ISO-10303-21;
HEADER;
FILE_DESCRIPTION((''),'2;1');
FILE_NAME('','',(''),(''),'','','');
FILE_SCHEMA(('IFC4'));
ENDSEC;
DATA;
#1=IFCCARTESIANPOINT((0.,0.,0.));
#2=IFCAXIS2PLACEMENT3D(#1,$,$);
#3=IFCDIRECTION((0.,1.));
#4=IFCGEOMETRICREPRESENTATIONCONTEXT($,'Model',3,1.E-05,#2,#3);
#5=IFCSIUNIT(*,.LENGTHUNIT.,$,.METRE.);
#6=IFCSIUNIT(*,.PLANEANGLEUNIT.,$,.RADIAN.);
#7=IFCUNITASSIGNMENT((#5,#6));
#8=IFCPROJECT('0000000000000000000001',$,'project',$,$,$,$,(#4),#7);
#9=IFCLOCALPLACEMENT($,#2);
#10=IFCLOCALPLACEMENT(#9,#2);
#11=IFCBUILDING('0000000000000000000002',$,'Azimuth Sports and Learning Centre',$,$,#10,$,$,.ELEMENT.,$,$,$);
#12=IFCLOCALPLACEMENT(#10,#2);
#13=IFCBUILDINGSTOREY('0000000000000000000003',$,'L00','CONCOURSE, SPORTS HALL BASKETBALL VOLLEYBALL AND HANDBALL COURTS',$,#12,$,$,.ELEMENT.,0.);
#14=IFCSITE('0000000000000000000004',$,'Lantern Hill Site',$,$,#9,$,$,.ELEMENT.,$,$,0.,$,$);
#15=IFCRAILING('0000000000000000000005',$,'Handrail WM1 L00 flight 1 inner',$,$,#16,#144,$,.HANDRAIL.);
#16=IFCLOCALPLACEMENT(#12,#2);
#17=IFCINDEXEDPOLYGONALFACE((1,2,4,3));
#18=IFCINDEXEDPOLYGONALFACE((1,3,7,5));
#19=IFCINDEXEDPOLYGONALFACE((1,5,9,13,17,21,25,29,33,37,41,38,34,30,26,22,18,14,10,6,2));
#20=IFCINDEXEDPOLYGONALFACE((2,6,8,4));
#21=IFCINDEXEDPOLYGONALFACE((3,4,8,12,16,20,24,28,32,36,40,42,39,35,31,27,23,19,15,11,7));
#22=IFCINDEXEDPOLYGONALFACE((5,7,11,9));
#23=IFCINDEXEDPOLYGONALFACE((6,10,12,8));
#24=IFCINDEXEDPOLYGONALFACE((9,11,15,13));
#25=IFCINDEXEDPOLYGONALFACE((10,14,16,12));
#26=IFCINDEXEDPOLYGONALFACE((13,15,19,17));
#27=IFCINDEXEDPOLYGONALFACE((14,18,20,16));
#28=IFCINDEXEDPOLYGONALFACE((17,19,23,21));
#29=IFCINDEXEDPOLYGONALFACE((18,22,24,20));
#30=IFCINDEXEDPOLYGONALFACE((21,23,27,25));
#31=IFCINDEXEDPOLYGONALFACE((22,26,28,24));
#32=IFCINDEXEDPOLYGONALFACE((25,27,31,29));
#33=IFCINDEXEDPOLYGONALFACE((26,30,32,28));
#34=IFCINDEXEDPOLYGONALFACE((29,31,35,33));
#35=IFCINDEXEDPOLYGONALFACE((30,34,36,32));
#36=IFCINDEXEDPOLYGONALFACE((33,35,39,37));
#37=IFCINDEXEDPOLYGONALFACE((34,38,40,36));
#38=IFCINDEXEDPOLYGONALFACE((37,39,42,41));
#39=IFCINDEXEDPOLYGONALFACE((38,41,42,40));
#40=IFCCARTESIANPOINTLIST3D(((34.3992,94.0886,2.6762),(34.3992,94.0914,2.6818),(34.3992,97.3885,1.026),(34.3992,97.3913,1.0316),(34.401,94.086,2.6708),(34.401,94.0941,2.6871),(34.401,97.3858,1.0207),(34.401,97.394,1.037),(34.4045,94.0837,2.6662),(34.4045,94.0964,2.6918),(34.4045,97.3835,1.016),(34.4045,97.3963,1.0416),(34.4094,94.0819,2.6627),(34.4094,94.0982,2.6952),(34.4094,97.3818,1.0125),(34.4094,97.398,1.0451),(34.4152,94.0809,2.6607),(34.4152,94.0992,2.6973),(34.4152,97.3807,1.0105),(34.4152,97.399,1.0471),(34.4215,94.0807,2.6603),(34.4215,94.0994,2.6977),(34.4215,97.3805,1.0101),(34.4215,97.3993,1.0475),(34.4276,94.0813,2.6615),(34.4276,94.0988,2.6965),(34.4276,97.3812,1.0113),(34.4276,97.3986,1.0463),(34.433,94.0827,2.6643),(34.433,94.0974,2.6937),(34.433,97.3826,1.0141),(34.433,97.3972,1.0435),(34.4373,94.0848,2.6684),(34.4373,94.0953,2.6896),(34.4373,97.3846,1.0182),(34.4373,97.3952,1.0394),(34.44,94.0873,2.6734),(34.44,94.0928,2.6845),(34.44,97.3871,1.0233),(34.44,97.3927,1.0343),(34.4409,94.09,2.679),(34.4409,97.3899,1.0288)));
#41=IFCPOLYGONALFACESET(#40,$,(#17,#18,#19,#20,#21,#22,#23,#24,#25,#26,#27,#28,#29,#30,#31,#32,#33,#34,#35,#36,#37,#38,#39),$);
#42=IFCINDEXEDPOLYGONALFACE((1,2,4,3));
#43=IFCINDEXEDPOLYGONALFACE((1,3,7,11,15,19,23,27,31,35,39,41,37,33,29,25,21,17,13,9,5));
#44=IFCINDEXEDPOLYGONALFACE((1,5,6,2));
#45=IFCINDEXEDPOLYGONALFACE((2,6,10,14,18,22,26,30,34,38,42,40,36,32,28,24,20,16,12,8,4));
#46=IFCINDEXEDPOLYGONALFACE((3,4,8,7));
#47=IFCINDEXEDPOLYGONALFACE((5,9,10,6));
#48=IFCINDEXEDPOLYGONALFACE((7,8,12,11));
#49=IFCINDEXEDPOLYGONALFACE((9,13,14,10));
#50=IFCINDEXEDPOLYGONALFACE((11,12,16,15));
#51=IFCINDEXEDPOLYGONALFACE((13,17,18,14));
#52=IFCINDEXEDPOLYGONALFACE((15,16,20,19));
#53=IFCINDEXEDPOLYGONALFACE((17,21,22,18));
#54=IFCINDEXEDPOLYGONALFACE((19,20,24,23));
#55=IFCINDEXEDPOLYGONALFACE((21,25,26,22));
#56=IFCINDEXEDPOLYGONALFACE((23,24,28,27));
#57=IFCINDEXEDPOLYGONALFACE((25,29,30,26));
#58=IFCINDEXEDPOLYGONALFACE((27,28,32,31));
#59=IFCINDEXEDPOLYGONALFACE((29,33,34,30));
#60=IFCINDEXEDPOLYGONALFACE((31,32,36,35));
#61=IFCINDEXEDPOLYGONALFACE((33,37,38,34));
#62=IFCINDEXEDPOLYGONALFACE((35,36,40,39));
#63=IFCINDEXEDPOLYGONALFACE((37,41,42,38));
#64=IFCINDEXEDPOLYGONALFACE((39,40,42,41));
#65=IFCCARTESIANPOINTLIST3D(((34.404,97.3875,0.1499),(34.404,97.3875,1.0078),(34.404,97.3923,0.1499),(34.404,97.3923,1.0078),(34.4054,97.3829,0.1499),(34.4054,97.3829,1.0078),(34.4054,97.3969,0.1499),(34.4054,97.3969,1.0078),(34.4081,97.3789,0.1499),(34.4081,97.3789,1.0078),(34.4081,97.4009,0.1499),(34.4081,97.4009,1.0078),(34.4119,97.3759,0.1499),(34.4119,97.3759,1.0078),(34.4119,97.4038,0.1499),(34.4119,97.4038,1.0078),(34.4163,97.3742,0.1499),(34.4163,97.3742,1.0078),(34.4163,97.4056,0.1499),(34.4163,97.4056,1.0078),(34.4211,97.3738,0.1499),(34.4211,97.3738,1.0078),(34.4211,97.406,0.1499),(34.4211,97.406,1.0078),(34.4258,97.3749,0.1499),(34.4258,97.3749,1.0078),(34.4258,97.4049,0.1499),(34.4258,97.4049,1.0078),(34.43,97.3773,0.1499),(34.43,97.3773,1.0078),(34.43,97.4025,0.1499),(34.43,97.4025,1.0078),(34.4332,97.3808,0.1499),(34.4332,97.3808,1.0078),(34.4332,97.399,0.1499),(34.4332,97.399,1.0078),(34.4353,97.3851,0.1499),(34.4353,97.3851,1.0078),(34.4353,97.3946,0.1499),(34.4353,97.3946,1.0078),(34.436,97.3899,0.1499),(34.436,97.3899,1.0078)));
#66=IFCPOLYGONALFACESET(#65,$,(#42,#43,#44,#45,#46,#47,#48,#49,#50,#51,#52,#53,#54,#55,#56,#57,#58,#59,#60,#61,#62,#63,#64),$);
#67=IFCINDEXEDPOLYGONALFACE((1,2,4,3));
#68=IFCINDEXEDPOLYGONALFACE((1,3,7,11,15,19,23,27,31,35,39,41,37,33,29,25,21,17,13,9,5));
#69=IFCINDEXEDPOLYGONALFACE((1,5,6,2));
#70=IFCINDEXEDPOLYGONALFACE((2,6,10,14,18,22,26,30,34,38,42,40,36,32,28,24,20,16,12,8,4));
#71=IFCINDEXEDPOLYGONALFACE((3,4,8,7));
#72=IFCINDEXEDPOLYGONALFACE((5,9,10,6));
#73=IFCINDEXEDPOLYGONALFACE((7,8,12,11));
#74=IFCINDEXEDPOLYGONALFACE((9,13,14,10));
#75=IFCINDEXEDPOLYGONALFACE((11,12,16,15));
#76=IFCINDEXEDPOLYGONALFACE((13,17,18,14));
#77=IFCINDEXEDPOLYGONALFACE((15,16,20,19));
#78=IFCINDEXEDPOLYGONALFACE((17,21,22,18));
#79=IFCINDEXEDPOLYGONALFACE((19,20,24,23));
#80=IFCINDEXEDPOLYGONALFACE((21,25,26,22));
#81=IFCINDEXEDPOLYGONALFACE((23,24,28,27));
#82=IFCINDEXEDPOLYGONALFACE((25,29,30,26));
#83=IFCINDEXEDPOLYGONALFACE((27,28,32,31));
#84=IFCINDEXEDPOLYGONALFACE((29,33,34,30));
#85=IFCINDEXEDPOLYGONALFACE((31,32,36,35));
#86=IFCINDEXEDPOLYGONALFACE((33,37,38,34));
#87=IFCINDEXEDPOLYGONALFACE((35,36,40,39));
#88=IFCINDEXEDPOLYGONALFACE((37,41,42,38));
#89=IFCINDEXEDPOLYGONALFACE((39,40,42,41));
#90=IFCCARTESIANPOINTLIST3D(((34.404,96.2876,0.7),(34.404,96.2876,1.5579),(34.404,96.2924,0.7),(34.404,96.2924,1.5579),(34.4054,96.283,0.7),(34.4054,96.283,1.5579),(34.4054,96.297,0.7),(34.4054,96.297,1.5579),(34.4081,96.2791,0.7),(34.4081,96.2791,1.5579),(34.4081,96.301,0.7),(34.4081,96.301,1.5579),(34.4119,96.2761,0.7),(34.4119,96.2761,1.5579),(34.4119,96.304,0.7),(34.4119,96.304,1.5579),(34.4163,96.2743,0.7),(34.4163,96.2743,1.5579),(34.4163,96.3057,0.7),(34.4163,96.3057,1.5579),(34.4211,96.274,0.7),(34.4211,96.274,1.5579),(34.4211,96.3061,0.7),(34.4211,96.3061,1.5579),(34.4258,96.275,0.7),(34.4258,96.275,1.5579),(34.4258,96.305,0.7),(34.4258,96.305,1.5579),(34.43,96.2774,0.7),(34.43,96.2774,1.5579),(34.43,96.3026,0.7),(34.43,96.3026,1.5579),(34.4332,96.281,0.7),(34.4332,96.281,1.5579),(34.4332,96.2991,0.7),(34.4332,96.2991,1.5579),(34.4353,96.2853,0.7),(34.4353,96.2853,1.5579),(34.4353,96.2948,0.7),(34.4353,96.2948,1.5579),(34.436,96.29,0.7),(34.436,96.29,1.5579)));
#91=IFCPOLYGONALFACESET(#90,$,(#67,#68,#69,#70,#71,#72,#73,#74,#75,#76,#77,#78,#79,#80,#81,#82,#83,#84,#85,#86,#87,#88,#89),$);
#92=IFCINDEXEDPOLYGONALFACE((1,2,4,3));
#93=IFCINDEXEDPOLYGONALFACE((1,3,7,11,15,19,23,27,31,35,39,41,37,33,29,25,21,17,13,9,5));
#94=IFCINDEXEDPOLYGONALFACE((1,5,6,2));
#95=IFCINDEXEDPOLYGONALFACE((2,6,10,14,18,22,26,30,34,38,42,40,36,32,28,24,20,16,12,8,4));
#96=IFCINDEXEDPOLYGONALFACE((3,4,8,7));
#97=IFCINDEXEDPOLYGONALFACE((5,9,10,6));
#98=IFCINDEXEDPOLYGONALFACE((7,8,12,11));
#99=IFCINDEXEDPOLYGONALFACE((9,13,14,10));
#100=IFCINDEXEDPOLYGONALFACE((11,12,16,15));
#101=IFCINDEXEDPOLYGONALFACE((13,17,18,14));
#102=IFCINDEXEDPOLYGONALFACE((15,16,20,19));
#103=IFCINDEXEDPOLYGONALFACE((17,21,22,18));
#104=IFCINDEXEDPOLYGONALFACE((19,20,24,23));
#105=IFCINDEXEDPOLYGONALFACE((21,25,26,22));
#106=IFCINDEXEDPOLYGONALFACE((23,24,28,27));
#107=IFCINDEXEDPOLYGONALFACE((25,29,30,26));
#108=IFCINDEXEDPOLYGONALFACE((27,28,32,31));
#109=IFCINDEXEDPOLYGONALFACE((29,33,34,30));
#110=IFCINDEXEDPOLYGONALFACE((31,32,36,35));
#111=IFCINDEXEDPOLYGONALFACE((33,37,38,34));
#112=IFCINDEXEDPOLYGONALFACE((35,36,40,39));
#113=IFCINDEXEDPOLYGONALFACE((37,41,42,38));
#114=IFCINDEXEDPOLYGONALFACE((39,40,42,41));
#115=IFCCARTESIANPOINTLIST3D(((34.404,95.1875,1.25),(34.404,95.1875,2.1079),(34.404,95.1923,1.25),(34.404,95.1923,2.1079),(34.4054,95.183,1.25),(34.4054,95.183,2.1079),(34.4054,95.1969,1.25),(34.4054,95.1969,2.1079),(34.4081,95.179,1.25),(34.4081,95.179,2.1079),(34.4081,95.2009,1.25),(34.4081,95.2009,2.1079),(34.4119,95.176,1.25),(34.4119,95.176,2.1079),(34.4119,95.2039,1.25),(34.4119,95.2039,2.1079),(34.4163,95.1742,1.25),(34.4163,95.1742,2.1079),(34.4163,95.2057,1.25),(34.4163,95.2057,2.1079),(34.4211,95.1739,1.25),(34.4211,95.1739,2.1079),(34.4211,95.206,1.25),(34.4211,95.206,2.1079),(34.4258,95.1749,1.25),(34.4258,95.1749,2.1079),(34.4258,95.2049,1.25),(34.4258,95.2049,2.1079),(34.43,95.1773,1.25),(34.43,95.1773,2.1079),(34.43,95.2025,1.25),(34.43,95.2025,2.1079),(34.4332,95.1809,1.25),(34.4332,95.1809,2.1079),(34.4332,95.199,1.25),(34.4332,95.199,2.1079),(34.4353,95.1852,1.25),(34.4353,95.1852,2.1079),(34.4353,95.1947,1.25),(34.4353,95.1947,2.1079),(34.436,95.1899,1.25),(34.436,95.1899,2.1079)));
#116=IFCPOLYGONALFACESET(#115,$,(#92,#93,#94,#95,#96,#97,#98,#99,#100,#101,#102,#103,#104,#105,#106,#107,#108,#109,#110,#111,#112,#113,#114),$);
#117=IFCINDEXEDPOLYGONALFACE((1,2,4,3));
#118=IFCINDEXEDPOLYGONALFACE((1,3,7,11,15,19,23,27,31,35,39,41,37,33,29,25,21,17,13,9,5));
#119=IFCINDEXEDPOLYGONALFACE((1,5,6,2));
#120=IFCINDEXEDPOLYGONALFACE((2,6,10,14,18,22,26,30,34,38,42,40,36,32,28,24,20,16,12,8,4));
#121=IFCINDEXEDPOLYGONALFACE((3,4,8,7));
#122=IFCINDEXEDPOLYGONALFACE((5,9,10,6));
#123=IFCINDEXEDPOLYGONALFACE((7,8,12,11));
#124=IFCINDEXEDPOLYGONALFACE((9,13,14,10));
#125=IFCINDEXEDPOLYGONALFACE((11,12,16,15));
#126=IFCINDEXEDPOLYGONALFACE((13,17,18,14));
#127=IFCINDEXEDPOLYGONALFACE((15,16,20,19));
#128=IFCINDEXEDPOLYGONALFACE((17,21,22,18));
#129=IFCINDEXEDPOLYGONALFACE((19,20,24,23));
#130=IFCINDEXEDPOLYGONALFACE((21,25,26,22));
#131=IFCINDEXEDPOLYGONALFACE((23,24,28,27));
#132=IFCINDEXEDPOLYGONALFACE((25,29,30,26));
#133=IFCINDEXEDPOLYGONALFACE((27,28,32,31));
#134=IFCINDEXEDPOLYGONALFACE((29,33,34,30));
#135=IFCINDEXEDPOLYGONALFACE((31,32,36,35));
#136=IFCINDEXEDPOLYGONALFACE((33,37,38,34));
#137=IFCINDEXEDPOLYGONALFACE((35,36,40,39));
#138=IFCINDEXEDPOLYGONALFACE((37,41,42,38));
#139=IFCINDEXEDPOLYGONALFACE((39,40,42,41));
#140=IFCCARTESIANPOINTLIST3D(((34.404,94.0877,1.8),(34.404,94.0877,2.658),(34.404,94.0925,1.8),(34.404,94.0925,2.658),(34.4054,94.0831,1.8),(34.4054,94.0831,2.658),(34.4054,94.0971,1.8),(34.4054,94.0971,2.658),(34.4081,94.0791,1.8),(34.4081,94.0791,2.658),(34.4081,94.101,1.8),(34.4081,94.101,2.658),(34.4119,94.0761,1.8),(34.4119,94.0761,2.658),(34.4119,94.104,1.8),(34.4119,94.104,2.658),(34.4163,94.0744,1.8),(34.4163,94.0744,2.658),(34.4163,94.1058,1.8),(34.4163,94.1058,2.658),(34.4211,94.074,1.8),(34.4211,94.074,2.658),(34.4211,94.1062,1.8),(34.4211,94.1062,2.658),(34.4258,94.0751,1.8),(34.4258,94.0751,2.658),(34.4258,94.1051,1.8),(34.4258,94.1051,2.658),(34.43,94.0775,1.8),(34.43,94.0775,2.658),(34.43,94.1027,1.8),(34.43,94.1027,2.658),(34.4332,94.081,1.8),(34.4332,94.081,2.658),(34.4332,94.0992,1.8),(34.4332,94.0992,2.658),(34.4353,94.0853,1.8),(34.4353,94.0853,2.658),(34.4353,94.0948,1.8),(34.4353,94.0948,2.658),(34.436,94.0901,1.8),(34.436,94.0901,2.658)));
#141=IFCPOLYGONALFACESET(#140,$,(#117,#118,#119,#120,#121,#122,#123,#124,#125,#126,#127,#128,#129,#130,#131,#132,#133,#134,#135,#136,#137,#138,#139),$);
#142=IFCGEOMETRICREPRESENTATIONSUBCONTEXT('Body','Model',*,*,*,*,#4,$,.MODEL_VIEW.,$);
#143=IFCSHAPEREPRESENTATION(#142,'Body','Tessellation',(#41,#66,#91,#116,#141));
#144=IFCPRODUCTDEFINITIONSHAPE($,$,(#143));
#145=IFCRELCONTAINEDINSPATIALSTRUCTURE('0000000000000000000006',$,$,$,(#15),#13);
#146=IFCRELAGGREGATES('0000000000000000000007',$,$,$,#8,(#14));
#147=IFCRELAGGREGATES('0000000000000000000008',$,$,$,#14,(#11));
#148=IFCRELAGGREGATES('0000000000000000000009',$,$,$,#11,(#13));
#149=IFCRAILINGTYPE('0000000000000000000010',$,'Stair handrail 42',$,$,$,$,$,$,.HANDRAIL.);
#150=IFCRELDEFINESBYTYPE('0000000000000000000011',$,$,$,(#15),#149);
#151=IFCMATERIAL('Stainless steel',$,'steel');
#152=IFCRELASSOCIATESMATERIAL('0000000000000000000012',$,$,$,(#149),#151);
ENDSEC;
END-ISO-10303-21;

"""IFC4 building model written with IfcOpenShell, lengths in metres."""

from ifc_helpers import new_model, si_unit, direction, frame, origin, origin_2d, place, context, subcontext, project, spatial, circle, extrude, material, type_object, element, save


model = new_model("IFC4")

# Units and contexts
model_context = context("Model", 3, precision=1e-05, world=origin(), true_north=direction((0.0, 1.0)))
body_context = subcontext(model_context, "Body", "Model", "MODEL_VIEW")
ifc_project = project(units=[si_unit("LENGTHUNIT", "METRE"), si_unit("PLANEANGLEUNIT", "RADIAN")], contexts=[model_context])

# Site, building, storey
site_placement = place(None, origin())
site = spatial("IfcSite", under=ifc_project, at=site_placement, Name="Lantern Hill Site", CompositionType="ELEMENT", RefElevation=0.0)
building_placement = place(site_placement, origin())
building = spatial("IfcBuilding", under=site, at=building_placement, Name="Azimuth Sports and Learning Centre", CompositionType="ELEMENT")
storey_placement = place(building_placement, origin())
storey = spatial("IfcBuildingStorey", under=building, at=storey_placement, Name="L00", Description="CONCOURSE, SPORTS HALL BASKETBALL VOLLEYBALL AND HANDBALL COURTS", CompositionType="ELEMENT", Elevation=0.0)

# Railing
ifc_material_1 = material(Name="Stainless steel", Category="steel")
railing_type_1 = type_object("IfcRailingType", Name="Stair handrail 42", PredefinedType="HANDRAIL", material=ifc_material_1)
for number, where, name in (
    (1, (34.4199, 97.3899, 0.1499), "Handrail WM1 L00 flight 1 inner"),
):
    element("IfcRailing", number, at=place(storey_placement, frame(where)), inside=storey, type_object=railing_type_1, Name=name, PredefinedType="HANDRAIL", context=body_context, shape_type="SweptSolid", body=[
        extrude(circle(Radius=0.021, at=origin_2d()), frame((0.0, 0.0, 0.8789), z_axis=(0.0, -0.894401, 0.447267), x_axis=(1.0, 0.0, 0.0)), (0.0, 0.0, 1.0), 3.6895),
        extrude(circle(Radius=0.0161, at=origin_2d()), origin(), (0.0, 0.0, 1.0), 0.8579),
        extrude(circle(Radius=0.0161, at=origin_2d()), frame((0.0, -1.0999, 0.55)), (0.0, 0.0, 1.0), 0.8579),
        extrude(circle(Radius=0.0161, at=origin_2d()), frame((0.0, -2.2, 1.1001)), (0.0, 0.0, 1.0), 0.8579),
        extrude(circle(Radius=0.0161, at=origin_2d()), frame((0.0, -3.2998, 1.6501)), (0.0, 0.0, 1.0), 0.8579),
    ])

save(model, "model.ifc")
